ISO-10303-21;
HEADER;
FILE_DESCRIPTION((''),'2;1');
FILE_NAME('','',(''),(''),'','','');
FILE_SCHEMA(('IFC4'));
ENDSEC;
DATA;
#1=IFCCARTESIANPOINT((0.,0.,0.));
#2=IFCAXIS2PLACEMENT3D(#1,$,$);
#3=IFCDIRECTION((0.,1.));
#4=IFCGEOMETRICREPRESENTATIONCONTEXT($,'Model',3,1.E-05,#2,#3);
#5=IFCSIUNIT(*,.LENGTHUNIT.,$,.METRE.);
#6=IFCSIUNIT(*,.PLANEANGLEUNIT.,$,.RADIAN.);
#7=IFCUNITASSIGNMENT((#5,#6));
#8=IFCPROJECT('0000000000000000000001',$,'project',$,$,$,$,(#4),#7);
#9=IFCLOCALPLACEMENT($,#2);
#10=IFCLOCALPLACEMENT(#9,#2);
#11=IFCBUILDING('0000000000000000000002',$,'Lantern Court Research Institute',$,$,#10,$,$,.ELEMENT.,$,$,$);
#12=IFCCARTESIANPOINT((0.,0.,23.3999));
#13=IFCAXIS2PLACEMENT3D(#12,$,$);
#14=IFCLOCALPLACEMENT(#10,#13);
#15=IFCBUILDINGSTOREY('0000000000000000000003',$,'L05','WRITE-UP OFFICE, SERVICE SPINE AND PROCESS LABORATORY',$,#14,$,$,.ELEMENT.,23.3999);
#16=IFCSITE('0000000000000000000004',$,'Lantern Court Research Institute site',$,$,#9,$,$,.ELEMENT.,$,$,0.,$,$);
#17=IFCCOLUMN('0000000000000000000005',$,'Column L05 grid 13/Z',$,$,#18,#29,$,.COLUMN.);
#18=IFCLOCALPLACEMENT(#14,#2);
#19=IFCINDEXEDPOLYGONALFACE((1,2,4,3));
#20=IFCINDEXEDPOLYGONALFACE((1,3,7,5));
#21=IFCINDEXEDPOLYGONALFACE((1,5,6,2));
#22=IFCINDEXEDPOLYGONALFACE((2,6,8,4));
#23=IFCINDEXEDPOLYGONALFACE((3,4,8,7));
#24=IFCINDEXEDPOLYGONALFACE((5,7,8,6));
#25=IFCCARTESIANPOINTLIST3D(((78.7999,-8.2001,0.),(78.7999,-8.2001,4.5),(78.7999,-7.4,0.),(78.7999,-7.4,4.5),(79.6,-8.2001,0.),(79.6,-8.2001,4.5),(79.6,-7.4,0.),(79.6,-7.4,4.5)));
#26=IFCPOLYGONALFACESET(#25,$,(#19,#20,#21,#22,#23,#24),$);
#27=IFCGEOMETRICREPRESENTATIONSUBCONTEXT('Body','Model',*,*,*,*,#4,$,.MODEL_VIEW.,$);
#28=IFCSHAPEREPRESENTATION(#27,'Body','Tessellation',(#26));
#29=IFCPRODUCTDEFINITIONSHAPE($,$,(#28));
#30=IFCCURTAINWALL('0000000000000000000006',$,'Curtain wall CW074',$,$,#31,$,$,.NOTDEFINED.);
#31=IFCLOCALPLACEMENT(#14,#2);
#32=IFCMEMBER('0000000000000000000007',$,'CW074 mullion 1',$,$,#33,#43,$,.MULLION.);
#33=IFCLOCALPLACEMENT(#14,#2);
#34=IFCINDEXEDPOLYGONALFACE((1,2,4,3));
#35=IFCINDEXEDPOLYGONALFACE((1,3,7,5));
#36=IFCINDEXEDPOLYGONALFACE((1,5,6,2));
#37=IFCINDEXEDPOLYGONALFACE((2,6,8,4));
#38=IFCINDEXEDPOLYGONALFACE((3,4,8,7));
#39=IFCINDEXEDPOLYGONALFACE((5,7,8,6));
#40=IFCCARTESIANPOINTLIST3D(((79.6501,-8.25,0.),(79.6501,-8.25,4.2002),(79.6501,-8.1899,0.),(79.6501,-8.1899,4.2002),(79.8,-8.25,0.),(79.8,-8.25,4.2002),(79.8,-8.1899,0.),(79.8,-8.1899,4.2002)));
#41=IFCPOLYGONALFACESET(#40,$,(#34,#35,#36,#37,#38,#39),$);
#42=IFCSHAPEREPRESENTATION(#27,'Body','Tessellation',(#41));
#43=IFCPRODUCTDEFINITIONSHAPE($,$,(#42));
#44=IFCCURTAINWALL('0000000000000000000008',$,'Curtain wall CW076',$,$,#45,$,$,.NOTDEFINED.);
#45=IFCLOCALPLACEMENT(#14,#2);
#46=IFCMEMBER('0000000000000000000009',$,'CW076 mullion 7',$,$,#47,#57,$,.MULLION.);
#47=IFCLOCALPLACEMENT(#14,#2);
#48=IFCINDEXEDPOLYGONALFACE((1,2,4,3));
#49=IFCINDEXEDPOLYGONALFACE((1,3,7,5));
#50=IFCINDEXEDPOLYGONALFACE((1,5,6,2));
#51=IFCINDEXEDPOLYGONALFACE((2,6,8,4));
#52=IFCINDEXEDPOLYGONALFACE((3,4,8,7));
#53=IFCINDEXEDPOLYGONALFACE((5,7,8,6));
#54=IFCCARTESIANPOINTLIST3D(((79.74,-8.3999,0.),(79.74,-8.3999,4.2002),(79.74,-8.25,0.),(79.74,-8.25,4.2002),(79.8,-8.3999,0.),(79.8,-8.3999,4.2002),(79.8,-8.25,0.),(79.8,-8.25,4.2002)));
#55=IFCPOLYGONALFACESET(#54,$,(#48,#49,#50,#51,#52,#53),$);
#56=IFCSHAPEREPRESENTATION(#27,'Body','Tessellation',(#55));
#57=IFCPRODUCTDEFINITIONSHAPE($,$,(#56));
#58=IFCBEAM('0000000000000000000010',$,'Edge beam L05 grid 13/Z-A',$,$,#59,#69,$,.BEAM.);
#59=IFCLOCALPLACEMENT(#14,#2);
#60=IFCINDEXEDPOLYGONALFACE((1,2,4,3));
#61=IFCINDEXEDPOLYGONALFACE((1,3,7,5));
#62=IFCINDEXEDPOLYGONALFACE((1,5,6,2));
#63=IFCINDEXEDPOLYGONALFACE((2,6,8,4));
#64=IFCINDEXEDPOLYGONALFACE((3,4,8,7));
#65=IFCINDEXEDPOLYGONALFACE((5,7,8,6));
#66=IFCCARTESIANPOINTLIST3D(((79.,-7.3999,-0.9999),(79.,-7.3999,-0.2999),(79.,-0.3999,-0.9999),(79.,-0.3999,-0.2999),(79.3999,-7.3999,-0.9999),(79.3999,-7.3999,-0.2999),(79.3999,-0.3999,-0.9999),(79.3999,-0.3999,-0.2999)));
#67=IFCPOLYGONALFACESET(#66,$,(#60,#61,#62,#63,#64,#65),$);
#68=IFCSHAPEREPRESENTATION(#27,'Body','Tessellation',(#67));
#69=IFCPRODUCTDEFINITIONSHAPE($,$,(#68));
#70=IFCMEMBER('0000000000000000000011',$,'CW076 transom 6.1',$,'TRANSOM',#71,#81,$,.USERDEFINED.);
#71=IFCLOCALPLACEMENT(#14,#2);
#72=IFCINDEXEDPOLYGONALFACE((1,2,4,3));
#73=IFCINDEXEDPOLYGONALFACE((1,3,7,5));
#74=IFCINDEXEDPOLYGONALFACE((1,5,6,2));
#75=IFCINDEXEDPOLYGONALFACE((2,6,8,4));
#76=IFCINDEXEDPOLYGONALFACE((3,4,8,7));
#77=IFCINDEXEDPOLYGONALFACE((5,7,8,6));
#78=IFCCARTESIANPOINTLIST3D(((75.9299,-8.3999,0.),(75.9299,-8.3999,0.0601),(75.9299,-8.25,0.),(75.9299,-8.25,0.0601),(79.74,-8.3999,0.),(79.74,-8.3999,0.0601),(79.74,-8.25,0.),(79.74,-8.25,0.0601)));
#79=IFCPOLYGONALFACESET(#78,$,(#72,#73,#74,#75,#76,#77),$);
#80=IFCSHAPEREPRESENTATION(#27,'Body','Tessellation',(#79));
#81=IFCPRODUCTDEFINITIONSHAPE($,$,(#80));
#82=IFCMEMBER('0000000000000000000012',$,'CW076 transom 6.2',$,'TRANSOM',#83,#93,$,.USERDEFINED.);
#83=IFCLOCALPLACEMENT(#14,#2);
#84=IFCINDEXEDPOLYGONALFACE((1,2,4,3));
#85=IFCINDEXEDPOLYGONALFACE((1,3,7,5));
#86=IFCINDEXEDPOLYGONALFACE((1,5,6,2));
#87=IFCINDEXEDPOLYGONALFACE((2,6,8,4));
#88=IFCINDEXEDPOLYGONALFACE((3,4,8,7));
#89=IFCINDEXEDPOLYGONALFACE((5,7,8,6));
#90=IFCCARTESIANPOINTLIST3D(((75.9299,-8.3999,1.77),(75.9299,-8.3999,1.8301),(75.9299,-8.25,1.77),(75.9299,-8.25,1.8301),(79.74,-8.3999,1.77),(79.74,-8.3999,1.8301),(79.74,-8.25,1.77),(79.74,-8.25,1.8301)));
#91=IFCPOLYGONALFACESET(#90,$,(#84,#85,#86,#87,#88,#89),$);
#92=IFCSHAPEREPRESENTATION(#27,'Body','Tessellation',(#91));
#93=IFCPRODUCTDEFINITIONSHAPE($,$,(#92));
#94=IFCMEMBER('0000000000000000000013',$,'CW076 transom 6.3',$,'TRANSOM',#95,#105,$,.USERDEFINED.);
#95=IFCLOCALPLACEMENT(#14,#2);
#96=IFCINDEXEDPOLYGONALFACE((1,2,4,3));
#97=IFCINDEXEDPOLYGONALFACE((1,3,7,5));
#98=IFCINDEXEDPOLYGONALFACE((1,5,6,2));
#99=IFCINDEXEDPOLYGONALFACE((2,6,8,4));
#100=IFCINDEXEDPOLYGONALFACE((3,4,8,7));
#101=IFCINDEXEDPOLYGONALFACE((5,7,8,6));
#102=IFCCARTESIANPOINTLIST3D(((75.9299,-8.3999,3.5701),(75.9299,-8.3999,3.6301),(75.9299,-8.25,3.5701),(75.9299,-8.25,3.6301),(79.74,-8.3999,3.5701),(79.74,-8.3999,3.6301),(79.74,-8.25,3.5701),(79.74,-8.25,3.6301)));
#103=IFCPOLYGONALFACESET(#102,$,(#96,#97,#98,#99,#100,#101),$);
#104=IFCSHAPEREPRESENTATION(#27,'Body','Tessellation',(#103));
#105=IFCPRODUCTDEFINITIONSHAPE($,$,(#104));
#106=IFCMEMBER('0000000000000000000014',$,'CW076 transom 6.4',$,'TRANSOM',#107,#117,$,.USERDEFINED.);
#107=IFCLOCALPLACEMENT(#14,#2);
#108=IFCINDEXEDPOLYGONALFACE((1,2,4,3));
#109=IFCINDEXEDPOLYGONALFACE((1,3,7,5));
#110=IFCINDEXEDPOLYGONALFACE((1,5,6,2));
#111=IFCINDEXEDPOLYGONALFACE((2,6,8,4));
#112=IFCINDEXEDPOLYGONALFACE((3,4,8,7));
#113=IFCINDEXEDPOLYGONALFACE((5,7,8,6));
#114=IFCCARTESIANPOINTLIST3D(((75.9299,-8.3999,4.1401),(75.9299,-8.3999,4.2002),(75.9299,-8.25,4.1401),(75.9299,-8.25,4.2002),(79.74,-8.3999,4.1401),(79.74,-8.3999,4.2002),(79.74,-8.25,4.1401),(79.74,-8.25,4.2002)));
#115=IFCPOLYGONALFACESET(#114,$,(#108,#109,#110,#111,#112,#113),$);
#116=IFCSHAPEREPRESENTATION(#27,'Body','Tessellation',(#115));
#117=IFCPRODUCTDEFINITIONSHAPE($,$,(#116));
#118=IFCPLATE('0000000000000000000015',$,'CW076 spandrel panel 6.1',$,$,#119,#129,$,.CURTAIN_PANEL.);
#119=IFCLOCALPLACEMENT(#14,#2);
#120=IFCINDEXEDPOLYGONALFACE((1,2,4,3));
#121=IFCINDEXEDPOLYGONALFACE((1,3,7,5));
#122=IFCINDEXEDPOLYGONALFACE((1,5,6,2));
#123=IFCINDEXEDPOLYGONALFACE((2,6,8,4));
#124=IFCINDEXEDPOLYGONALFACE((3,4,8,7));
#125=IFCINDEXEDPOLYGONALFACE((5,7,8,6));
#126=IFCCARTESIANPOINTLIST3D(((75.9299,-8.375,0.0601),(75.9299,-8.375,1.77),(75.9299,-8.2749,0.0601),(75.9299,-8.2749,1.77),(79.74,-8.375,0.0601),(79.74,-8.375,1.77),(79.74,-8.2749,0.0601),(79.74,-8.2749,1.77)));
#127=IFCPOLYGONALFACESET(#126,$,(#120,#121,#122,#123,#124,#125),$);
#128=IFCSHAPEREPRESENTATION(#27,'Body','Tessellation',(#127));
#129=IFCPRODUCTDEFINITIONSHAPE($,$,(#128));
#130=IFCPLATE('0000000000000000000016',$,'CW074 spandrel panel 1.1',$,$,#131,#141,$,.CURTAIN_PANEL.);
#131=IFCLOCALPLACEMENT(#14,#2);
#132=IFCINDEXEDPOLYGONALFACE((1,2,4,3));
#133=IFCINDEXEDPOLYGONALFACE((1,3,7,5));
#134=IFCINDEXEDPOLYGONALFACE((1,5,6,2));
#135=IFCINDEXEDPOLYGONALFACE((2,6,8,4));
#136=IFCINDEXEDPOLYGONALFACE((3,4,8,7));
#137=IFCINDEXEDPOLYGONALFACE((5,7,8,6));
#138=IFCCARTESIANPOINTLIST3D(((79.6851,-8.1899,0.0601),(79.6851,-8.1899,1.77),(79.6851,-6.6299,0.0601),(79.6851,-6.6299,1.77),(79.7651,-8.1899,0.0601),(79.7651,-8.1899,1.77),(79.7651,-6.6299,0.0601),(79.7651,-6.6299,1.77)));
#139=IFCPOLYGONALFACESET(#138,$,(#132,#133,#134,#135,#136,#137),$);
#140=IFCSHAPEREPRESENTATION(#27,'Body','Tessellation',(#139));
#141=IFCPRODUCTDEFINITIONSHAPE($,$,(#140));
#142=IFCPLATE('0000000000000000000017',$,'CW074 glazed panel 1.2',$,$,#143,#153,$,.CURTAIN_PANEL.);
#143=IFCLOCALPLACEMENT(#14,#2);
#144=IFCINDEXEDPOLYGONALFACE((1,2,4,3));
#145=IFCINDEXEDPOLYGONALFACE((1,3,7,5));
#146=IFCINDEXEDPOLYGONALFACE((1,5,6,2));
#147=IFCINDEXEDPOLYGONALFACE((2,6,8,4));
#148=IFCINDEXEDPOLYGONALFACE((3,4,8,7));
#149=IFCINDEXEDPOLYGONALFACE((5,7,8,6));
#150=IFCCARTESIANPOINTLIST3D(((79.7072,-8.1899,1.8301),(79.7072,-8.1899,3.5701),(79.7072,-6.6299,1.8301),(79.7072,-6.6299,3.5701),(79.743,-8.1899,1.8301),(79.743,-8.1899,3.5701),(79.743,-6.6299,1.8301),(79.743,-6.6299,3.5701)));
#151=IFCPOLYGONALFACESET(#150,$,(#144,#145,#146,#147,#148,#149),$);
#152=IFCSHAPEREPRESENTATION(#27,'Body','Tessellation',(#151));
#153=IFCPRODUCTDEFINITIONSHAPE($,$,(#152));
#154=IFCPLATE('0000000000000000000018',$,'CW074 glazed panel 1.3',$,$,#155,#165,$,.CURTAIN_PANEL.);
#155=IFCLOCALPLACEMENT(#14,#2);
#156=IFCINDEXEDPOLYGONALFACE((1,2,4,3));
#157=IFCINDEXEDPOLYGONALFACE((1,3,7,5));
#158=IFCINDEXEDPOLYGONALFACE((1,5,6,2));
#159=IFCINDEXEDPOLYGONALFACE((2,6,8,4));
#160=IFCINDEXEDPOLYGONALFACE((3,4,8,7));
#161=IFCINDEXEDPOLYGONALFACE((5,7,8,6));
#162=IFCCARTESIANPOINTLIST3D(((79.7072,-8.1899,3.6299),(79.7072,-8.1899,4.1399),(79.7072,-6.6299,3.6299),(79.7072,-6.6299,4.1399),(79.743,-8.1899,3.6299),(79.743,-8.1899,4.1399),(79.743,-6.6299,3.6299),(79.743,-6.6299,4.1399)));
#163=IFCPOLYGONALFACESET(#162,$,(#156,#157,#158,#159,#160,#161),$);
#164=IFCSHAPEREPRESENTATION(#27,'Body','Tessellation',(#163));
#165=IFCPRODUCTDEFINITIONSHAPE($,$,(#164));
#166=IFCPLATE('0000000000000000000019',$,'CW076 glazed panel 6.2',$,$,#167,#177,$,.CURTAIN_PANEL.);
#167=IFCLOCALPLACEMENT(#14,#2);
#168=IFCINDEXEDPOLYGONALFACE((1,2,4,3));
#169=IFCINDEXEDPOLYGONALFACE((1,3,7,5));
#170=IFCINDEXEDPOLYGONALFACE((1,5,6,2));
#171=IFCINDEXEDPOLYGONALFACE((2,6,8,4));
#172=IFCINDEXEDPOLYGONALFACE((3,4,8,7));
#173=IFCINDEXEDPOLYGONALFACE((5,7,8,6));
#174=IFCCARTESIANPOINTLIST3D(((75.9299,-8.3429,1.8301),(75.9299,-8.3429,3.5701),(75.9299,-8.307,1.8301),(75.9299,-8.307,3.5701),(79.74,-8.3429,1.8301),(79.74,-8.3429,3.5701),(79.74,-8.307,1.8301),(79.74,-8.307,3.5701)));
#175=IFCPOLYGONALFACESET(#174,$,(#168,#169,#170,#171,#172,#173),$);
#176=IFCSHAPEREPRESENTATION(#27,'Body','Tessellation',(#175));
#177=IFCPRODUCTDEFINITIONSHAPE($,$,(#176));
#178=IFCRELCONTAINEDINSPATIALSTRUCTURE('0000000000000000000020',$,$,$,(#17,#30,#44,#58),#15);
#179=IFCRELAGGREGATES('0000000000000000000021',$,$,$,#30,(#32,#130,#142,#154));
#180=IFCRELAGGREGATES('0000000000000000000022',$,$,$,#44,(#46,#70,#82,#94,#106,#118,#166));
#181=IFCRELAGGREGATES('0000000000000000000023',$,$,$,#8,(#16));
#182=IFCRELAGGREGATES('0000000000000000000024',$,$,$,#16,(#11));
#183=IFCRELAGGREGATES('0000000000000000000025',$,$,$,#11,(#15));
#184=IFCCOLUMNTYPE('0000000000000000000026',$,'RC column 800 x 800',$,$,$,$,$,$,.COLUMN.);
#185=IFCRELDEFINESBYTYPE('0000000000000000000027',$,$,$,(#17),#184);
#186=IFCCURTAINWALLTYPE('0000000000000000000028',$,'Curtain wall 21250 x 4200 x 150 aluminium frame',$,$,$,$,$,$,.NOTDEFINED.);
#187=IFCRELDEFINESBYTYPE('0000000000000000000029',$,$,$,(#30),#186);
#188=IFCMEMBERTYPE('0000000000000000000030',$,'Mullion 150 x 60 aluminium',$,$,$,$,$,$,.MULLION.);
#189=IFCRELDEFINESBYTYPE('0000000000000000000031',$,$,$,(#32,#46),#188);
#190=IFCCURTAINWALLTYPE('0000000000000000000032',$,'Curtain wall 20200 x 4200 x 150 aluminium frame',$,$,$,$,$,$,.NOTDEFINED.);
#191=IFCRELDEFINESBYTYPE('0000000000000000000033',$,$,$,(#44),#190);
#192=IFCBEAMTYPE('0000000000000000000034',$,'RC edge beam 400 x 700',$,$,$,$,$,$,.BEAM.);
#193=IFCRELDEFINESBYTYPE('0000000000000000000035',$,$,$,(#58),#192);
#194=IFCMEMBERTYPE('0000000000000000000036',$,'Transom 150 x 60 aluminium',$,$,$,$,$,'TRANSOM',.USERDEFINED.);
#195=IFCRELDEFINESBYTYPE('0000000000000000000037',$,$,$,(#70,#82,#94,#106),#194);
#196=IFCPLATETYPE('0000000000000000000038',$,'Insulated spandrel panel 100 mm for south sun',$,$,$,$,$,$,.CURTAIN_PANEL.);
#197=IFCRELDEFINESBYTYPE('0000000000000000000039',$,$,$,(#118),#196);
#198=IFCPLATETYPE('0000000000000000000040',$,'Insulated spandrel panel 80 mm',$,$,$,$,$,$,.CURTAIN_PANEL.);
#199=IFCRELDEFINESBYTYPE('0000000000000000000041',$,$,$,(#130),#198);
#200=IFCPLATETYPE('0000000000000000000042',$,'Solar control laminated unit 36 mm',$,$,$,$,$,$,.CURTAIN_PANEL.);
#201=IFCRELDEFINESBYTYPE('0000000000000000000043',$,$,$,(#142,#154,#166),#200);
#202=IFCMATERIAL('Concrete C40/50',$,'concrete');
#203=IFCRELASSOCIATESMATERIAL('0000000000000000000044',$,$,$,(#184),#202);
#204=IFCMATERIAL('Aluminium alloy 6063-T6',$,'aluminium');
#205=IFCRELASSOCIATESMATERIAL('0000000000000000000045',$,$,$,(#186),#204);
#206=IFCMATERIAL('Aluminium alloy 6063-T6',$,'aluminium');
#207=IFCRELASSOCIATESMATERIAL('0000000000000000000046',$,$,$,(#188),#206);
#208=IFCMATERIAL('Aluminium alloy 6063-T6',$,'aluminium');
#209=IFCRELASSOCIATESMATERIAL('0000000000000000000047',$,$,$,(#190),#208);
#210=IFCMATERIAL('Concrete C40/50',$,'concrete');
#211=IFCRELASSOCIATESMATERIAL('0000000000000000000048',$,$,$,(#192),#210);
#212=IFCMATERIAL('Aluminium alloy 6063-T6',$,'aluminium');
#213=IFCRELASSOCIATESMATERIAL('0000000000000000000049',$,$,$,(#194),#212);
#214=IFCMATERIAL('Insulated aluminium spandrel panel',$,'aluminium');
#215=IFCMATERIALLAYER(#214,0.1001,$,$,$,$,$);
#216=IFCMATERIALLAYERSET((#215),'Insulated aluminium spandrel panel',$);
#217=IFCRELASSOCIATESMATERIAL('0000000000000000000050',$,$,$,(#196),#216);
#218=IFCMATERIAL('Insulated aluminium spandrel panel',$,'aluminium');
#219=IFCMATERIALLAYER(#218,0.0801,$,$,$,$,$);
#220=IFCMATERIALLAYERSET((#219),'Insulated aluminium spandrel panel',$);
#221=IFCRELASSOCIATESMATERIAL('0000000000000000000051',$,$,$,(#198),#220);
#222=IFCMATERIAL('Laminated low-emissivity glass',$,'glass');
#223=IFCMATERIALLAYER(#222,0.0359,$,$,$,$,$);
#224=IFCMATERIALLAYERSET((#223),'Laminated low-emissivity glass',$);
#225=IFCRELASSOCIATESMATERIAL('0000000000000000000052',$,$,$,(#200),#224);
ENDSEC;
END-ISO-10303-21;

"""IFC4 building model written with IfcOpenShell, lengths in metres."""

from ifc_helpers import new_model, si_unit, direction, frame, origin, origin_2d, place, context, subcontext, project, spatial, rectangle, extrude, material, layer, layer_set, material_profile, profile_set, type_object, element, aggregate, save


model = new_model("IFC4")

# Units and contexts
model_context = context("Model", 3, precision=1e-05, world=origin(), true_north=direction((0.0, 1.0)))
body_context = subcontext(model_context, "Body", "Model", "MODEL_VIEW")
ifc_project = project(units=[si_unit("LENGTHUNIT", "METRE"), si_unit("PLANEANGLEUNIT", "RADIAN")], contexts=[model_context])

# Site, building, storey
site_placement = place(None, origin())
site = spatial("IfcSite", under=ifc_project, at=site_placement, Name="Lantern Court Research Institute site", CompositionType="ELEMENT", RefElevation=0.0)
building_placement = place(site_placement, origin())
building = spatial("IfcBuilding", under=site, at=building_placement, Name="Lantern Court Research Institute", CompositionType="ELEMENT")
storey_placement = place(building_placement, frame((0.0, 0.0, 23.3999)))
storey = spatial("IfcBuildingStorey", under=building, at=storey_placement, Name="L05", Description="WRITE-UP OFFICE, SERVICE SPINE AND PROCESS LABORATORY", CompositionType="ELEMENT", Elevation=23.3999)

# Column
ifc_material_1 = material(Name="Concrete C40/50", Category="concrete")
ifc_material_profile_1 = material_profile(ifc_material_1, rectangle(XDim=0.8, YDim=0.8, at=origin_2d()), Name="RC column 800 x 800")
ifc_profile_set_1 = profile_set([ifc_material_profile_1], Name="Concrete C40/50")
column_type = type_object("IfcColumnType", Name="RC column 800 x 800", PredefinedType="COLUMN", material=ifc_profile_set_1)
column_placement = place(storey_placement, frame((79.2, -7.8, 0.0), z_axis=(0.0, 0.0, 1.0), x_axis=(1.0, 0.0, 0.0)))
element("IfcColumn", 1, at=column_placement, inside=storey, type_object=column_type, Name="Column L05 grid 13/Z", PredefinedType="COLUMN", context=body_context, shape_type="SweptSolid", body=[
    extrude(rectangle(XDim=0.8, YDim=0.8, at=origin_2d()), origin(), (0.0, 0.0, 1.0), 4.5),
])

# Curtain walls, members
ifc_material_2 = material(Name="Aluminium alloy 6063-T6", Category="aluminium")
curtain_wall_type_1 = type_object("IfcCurtainWallType", Name="Curtain wall 21250 x 4200 x 150 aluminium frame", PredefinedType="NOTDEFINED", material=ifc_material_2)
curtain_wall_1_placement = place(storey_placement, origin())
curtain_wall_1 = element("IfcCurtainWall", 2, at=curtain_wall_1_placement, inside=storey, type_object=curtain_wall_type_1, Name="Curtain wall CW074", PredefinedType="NOTDEFINED")
ifc_material_3 = material(Name="Aluminium alloy 6063-T6", Category="aluminium")
ifc_material_profile_2 = material_profile(ifc_material_3, rectangle(XDim=0.1499, YDim=0.0601, at=origin_2d()), Name="Mullion 150 x 60")
ifc_profile_set_2 = profile_set([ifc_material_profile_2], Name="Aluminium alloy 6063-T6")
member_type_1 = type_object("IfcMemberType", Name="Mullion 150 x 60 aluminium", PredefinedType="MULLION", material=ifc_profile_set_2)
member_1_placement = place(storey_placement, frame((79.7251, -8.22, 0.0), z_axis=(0.0, 0.0, 1.0), x_axis=(1.0, 0.0, 0.0)))
member_1 = element("IfcMember", 3, at=member_1_placement, type_object=member_type_1, Name="CW074 mullion 1", PredefinedType="MULLION", context=body_context, shape_type="SweptSolid", body=[
    extrude(rectangle(XDim=0.1499, YDim=0.0601, at=origin_2d()), origin(), (0.0, 0.0, 1.0), 4.2002),
])
ifc_material_4 = material(Name="Aluminium alloy 6063-T6", Category="aluminium")
curtain_wall_type_2 = type_object("IfcCurtainWallType", Name="Curtain wall 20200 x 4200 x 150 aluminium frame", PredefinedType="NOTDEFINED", material=ifc_material_4)
curtain_wall_2_placement = place(storey_placement, origin())
curtain_wall_2 = element("IfcCurtainWall", 4, at=curtain_wall_2_placement, inside=storey, type_object=curtain_wall_type_2, Name="Curtain wall CW076", PredefinedType="NOTDEFINED")
member_2_placement = place(storey_placement, frame((79.77, -8.325, 0.0), z_axis=(0.0, 0.0, 1.0), x_axis=(0.0, -1.0, 0.0)))
member_2 = element("IfcMember", 5, at=member_2_placement, type_object=member_type_1, Name="CW076 mullion 7", PredefinedType="MULLION", context=body_context, shape_type="SweptSolid", body=[
    extrude(rectangle(XDim=0.1499, YDim=0.0601, at=origin_2d()), origin(), (0.0, 0.0, 1.0), 4.2002),
])

# Beam
ifc_material_5 = material(Name="Concrete C40/50", Category="concrete")
ifc_material_profile_3 = material_profile(ifc_material_5, rectangle(XDim=0.3999, YDim=0.7, at=origin_2d()), Name="RC beam 400 x 700")
ifc_profile_set_3 = profile_set([ifc_material_profile_3], Name="Concrete C40/50")
beam_type = type_object("IfcBeamType", Name="RC edge beam 400 x 700", PredefinedType="BEAM", material=ifc_profile_set_3)
beam_placement = place(storey_placement, frame((79.2, -7.3999, -0.6499), z_axis=(0.0, 1.0, 0.0), x_axis=(-1.0, 0.0, 0.0)))
element("IfcBeam", 6, at=beam_placement, inside=storey, type_object=beam_type, Name="Edge beam L05 grid 13/Z-A", PredefinedType="BEAM", context=body_context, shape_type="SweptSolid", body=[
    extrude(rectangle(XDim=0.3999, YDim=0.7, at=origin_2d()), origin(), (0.0, 0.0, 1.0), 7.0),
])

# Members
ifc_material_6 = material(Name="Aluminium alloy 6063-T6", Category="aluminium")
ifc_material_profile_4 = material_profile(ifc_material_6, rectangle(XDim=0.1499, YDim=0.0601, at=origin_2d()), Name="Transom 150 x 60")
ifc_profile_set_4 = profile_set([ifc_material_profile_4], Name="Aluminium alloy 6063-T6")
member_type_2 = type_object("IfcMemberType", Name="Transom 150 x 60 aluminium", ElementType="TRANSOM", PredefinedType="USERDEFINED", material=ifc_profile_set_4)
member_3_placement = place(storey_placement, frame((79.74, -8.325, 0.03), z_axis=(-1.0, 0.0, 0.0), x_axis=(0.0, -1.0, 0.0)))
member_3 = element("IfcMember", 7, at=member_3_placement, type_object=member_type_2, Name="CW076 transom 6.1", ObjectType="TRANSOM", PredefinedType="USERDEFINED", context=body_context, shape_type="SweptSolid", body=[
    extrude(rectangle(XDim=0.1499, YDim=0.0601, at=origin_2d()), origin(), (0.0, 0.0, 1.0), 3.8101),
])
member_4_placement = place(storey_placement, frame((79.74, -8.325, 1.8), z_axis=(-1.0, 0.0, 0.0), x_axis=(0.0, -1.0, 0.0)))
member_4 = element("IfcMember", 8, at=member_4_placement, type_object=member_type_2, Name="CW076 transom 6.2", ObjectType="TRANSOM", PredefinedType="USERDEFINED", context=body_context, shape_type="SweptSolid", body=[
    extrude(rectangle(XDim=0.1499, YDim=0.0601, at=origin_2d()), origin(), (0.0, 0.0, 1.0), 3.8101),
])
member_5_placement = place(storey_placement, frame((79.74, -8.325, 3.6001), z_axis=(-1.0, 0.0, 0.0), x_axis=(0.0, -1.0, 0.0)))
member_5 = element("IfcMember", 9, at=member_5_placement, type_object=member_type_2, Name="CW076 transom 6.3", ObjectType="TRANSOM", PredefinedType="USERDEFINED", context=body_context, shape_type="SweptSolid", body=[
    extrude(rectangle(XDim=0.1499, YDim=0.0601, at=origin_2d()), origin(), (0.0, 0.0, 1.0), 3.8101),
])
member_6_placement = place(storey_placement, frame((79.74, -8.325, 4.1702), z_axis=(-1.0, 0.0, 0.0), x_axis=(0.0, -1.0, 0.0)))
member_6 = element("IfcMember", 10, at=member_6_placement, type_object=member_type_2, Name="CW076 transom 6.4", ObjectType="TRANSOM", PredefinedType="USERDEFINED", context=body_context, shape_type="SweptSolid", body=[
    extrude(rectangle(XDim=0.1499, YDim=0.0601, at=origin_2d()), origin(), (0.0, 0.0, 1.0), 3.8101),
])

# Plates
ifc_material_7 = material(Name="Insulated aluminium spandrel panel", Category="aluminium")
ifc_layer_1 = layer(ifc_material_7, 0.1001)
ifc_layer_set_1 = layer_set([ifc_layer_1], Name="Insulated aluminium spandrel panel")
plate_type_1 = type_object("IfcPlateType", Name="Insulated spandrel panel 100 mm for south sun", PredefinedType="CURTAIN_PANEL", material=ifc_layer_set_1)
plate_1_placement = place(storey_placement, frame((77.835, -8.325, 0.0601), z_axis=(0.0, 0.0, 1.0), x_axis=(-1.0, 0.0, 0.0)))
plate_1 = element("IfcPlate", 11, at=plate_1_placement, type_object=plate_type_1, Name="CW076 spandrel panel 6.1", PredefinedType="CURTAIN_PANEL", context=body_context, shape_type="SweptSolid", body=[
    extrude(rectangle(XDim=3.8101, YDim=0.1001, at=origin_2d()), origin(), (0.0, 0.0, 1.0), 1.71),
])
ifc_material_8 = material(Name="Insulated aluminium spandrel panel", Category="aluminium")
ifc_layer_2 = layer(ifc_material_8, 0.0801)
ifc_layer_set_2 = layer_set([ifc_layer_2], Name="Insulated aluminium spandrel panel")
plate_type_2 = type_object("IfcPlateType", Name="Insulated spandrel panel 80 mm", PredefinedType="CURTAIN_PANEL", material=ifc_layer_set_2)
plate_2_placement = place(storey_placement, frame((79.7251, -7.4099, 0.0601), z_axis=(0.0, 0.0, 1.0), x_axis=(0.0, -1.0, 0.0)))
plate_2 = element("IfcPlate", 12, at=plate_2_placement, type_object=plate_type_2, Name="CW074 spandrel panel 1.1", PredefinedType="CURTAIN_PANEL", context=body_context, shape_type="SweptSolid", body=[
    extrude(rectangle(XDim=1.5601, YDim=0.0801, at=origin_2d()), origin(), (0.0, 0.0, 1.0), 1.71),
])
ifc_material_9 = material(Name="Laminated low-emissivity glass", Category="glass")
ifc_layer_3 = layer(ifc_material_9, 0.0359)
ifc_layer_set_3 = layer_set([ifc_layer_3], Name="Laminated low-emissivity glass")
plate_type_3 = type_object("IfcPlateType", Name="Solar control laminated unit 36 mm", PredefinedType="CURTAIN_PANEL", material=ifc_layer_set_3)
plate_3_placement = place(storey_placement, frame((79.7251, -7.4099, 1.8301), z_axis=(0.0, 0.0, 1.0), x_axis=(0.0, -1.0, 0.0)))
plate_3 = element("IfcPlate", 13, at=plate_3_placement, type_object=plate_type_3, Name="CW074 glazed panel 1.2", PredefinedType="CURTAIN_PANEL", context=body_context, shape_type="SweptSolid", body=[
    extrude(rectangle(XDim=1.5601, YDim=0.0359, at=origin_2d()), origin(), (0.0, 0.0, 1.0), 1.74),
])
plate_4_placement = place(storey_placement, frame((79.7251, -7.4099, 3.6299), z_axis=(0.0, 0.0, 1.0), x_axis=(0.0, -1.0, 0.0)))
plate_4 = element("IfcPlate", 14, at=plate_4_placement, type_object=plate_type_3, Name="CW074 glazed panel 1.3", PredefinedType="CURTAIN_PANEL", context=body_context, shape_type="SweptSolid", body=[
    extrude(rectangle(XDim=1.5601, YDim=0.0359, at=origin_2d()), origin(), (0.0, 0.0, 1.0), 0.51),
])
aggregate(curtain_wall_1, [member_1, plate_2, plate_3, plate_4])
plate_5_placement = place(storey_placement, frame((77.835, -8.325, 1.8301), z_axis=(0.0, 0.0, 1.0), x_axis=(-1.0, 0.0, 0.0)))
plate_5 = element("IfcPlate", 15, at=plate_5_placement, type_object=plate_type_3, Name="CW076 glazed panel 6.2", PredefinedType="CURTAIN_PANEL", context=body_context, shape_type="SweptSolid", body=[
    extrude(rectangle(XDim=3.8101, YDim=0.0359, at=origin_2d()), origin(), (0.0, 0.0, 1.0), 1.74),
])
aggregate(curtain_wall_2, [member_2, member_3, member_4, member_5, member_6, plate_1, plate_5])

save(model, "model.ifc")
